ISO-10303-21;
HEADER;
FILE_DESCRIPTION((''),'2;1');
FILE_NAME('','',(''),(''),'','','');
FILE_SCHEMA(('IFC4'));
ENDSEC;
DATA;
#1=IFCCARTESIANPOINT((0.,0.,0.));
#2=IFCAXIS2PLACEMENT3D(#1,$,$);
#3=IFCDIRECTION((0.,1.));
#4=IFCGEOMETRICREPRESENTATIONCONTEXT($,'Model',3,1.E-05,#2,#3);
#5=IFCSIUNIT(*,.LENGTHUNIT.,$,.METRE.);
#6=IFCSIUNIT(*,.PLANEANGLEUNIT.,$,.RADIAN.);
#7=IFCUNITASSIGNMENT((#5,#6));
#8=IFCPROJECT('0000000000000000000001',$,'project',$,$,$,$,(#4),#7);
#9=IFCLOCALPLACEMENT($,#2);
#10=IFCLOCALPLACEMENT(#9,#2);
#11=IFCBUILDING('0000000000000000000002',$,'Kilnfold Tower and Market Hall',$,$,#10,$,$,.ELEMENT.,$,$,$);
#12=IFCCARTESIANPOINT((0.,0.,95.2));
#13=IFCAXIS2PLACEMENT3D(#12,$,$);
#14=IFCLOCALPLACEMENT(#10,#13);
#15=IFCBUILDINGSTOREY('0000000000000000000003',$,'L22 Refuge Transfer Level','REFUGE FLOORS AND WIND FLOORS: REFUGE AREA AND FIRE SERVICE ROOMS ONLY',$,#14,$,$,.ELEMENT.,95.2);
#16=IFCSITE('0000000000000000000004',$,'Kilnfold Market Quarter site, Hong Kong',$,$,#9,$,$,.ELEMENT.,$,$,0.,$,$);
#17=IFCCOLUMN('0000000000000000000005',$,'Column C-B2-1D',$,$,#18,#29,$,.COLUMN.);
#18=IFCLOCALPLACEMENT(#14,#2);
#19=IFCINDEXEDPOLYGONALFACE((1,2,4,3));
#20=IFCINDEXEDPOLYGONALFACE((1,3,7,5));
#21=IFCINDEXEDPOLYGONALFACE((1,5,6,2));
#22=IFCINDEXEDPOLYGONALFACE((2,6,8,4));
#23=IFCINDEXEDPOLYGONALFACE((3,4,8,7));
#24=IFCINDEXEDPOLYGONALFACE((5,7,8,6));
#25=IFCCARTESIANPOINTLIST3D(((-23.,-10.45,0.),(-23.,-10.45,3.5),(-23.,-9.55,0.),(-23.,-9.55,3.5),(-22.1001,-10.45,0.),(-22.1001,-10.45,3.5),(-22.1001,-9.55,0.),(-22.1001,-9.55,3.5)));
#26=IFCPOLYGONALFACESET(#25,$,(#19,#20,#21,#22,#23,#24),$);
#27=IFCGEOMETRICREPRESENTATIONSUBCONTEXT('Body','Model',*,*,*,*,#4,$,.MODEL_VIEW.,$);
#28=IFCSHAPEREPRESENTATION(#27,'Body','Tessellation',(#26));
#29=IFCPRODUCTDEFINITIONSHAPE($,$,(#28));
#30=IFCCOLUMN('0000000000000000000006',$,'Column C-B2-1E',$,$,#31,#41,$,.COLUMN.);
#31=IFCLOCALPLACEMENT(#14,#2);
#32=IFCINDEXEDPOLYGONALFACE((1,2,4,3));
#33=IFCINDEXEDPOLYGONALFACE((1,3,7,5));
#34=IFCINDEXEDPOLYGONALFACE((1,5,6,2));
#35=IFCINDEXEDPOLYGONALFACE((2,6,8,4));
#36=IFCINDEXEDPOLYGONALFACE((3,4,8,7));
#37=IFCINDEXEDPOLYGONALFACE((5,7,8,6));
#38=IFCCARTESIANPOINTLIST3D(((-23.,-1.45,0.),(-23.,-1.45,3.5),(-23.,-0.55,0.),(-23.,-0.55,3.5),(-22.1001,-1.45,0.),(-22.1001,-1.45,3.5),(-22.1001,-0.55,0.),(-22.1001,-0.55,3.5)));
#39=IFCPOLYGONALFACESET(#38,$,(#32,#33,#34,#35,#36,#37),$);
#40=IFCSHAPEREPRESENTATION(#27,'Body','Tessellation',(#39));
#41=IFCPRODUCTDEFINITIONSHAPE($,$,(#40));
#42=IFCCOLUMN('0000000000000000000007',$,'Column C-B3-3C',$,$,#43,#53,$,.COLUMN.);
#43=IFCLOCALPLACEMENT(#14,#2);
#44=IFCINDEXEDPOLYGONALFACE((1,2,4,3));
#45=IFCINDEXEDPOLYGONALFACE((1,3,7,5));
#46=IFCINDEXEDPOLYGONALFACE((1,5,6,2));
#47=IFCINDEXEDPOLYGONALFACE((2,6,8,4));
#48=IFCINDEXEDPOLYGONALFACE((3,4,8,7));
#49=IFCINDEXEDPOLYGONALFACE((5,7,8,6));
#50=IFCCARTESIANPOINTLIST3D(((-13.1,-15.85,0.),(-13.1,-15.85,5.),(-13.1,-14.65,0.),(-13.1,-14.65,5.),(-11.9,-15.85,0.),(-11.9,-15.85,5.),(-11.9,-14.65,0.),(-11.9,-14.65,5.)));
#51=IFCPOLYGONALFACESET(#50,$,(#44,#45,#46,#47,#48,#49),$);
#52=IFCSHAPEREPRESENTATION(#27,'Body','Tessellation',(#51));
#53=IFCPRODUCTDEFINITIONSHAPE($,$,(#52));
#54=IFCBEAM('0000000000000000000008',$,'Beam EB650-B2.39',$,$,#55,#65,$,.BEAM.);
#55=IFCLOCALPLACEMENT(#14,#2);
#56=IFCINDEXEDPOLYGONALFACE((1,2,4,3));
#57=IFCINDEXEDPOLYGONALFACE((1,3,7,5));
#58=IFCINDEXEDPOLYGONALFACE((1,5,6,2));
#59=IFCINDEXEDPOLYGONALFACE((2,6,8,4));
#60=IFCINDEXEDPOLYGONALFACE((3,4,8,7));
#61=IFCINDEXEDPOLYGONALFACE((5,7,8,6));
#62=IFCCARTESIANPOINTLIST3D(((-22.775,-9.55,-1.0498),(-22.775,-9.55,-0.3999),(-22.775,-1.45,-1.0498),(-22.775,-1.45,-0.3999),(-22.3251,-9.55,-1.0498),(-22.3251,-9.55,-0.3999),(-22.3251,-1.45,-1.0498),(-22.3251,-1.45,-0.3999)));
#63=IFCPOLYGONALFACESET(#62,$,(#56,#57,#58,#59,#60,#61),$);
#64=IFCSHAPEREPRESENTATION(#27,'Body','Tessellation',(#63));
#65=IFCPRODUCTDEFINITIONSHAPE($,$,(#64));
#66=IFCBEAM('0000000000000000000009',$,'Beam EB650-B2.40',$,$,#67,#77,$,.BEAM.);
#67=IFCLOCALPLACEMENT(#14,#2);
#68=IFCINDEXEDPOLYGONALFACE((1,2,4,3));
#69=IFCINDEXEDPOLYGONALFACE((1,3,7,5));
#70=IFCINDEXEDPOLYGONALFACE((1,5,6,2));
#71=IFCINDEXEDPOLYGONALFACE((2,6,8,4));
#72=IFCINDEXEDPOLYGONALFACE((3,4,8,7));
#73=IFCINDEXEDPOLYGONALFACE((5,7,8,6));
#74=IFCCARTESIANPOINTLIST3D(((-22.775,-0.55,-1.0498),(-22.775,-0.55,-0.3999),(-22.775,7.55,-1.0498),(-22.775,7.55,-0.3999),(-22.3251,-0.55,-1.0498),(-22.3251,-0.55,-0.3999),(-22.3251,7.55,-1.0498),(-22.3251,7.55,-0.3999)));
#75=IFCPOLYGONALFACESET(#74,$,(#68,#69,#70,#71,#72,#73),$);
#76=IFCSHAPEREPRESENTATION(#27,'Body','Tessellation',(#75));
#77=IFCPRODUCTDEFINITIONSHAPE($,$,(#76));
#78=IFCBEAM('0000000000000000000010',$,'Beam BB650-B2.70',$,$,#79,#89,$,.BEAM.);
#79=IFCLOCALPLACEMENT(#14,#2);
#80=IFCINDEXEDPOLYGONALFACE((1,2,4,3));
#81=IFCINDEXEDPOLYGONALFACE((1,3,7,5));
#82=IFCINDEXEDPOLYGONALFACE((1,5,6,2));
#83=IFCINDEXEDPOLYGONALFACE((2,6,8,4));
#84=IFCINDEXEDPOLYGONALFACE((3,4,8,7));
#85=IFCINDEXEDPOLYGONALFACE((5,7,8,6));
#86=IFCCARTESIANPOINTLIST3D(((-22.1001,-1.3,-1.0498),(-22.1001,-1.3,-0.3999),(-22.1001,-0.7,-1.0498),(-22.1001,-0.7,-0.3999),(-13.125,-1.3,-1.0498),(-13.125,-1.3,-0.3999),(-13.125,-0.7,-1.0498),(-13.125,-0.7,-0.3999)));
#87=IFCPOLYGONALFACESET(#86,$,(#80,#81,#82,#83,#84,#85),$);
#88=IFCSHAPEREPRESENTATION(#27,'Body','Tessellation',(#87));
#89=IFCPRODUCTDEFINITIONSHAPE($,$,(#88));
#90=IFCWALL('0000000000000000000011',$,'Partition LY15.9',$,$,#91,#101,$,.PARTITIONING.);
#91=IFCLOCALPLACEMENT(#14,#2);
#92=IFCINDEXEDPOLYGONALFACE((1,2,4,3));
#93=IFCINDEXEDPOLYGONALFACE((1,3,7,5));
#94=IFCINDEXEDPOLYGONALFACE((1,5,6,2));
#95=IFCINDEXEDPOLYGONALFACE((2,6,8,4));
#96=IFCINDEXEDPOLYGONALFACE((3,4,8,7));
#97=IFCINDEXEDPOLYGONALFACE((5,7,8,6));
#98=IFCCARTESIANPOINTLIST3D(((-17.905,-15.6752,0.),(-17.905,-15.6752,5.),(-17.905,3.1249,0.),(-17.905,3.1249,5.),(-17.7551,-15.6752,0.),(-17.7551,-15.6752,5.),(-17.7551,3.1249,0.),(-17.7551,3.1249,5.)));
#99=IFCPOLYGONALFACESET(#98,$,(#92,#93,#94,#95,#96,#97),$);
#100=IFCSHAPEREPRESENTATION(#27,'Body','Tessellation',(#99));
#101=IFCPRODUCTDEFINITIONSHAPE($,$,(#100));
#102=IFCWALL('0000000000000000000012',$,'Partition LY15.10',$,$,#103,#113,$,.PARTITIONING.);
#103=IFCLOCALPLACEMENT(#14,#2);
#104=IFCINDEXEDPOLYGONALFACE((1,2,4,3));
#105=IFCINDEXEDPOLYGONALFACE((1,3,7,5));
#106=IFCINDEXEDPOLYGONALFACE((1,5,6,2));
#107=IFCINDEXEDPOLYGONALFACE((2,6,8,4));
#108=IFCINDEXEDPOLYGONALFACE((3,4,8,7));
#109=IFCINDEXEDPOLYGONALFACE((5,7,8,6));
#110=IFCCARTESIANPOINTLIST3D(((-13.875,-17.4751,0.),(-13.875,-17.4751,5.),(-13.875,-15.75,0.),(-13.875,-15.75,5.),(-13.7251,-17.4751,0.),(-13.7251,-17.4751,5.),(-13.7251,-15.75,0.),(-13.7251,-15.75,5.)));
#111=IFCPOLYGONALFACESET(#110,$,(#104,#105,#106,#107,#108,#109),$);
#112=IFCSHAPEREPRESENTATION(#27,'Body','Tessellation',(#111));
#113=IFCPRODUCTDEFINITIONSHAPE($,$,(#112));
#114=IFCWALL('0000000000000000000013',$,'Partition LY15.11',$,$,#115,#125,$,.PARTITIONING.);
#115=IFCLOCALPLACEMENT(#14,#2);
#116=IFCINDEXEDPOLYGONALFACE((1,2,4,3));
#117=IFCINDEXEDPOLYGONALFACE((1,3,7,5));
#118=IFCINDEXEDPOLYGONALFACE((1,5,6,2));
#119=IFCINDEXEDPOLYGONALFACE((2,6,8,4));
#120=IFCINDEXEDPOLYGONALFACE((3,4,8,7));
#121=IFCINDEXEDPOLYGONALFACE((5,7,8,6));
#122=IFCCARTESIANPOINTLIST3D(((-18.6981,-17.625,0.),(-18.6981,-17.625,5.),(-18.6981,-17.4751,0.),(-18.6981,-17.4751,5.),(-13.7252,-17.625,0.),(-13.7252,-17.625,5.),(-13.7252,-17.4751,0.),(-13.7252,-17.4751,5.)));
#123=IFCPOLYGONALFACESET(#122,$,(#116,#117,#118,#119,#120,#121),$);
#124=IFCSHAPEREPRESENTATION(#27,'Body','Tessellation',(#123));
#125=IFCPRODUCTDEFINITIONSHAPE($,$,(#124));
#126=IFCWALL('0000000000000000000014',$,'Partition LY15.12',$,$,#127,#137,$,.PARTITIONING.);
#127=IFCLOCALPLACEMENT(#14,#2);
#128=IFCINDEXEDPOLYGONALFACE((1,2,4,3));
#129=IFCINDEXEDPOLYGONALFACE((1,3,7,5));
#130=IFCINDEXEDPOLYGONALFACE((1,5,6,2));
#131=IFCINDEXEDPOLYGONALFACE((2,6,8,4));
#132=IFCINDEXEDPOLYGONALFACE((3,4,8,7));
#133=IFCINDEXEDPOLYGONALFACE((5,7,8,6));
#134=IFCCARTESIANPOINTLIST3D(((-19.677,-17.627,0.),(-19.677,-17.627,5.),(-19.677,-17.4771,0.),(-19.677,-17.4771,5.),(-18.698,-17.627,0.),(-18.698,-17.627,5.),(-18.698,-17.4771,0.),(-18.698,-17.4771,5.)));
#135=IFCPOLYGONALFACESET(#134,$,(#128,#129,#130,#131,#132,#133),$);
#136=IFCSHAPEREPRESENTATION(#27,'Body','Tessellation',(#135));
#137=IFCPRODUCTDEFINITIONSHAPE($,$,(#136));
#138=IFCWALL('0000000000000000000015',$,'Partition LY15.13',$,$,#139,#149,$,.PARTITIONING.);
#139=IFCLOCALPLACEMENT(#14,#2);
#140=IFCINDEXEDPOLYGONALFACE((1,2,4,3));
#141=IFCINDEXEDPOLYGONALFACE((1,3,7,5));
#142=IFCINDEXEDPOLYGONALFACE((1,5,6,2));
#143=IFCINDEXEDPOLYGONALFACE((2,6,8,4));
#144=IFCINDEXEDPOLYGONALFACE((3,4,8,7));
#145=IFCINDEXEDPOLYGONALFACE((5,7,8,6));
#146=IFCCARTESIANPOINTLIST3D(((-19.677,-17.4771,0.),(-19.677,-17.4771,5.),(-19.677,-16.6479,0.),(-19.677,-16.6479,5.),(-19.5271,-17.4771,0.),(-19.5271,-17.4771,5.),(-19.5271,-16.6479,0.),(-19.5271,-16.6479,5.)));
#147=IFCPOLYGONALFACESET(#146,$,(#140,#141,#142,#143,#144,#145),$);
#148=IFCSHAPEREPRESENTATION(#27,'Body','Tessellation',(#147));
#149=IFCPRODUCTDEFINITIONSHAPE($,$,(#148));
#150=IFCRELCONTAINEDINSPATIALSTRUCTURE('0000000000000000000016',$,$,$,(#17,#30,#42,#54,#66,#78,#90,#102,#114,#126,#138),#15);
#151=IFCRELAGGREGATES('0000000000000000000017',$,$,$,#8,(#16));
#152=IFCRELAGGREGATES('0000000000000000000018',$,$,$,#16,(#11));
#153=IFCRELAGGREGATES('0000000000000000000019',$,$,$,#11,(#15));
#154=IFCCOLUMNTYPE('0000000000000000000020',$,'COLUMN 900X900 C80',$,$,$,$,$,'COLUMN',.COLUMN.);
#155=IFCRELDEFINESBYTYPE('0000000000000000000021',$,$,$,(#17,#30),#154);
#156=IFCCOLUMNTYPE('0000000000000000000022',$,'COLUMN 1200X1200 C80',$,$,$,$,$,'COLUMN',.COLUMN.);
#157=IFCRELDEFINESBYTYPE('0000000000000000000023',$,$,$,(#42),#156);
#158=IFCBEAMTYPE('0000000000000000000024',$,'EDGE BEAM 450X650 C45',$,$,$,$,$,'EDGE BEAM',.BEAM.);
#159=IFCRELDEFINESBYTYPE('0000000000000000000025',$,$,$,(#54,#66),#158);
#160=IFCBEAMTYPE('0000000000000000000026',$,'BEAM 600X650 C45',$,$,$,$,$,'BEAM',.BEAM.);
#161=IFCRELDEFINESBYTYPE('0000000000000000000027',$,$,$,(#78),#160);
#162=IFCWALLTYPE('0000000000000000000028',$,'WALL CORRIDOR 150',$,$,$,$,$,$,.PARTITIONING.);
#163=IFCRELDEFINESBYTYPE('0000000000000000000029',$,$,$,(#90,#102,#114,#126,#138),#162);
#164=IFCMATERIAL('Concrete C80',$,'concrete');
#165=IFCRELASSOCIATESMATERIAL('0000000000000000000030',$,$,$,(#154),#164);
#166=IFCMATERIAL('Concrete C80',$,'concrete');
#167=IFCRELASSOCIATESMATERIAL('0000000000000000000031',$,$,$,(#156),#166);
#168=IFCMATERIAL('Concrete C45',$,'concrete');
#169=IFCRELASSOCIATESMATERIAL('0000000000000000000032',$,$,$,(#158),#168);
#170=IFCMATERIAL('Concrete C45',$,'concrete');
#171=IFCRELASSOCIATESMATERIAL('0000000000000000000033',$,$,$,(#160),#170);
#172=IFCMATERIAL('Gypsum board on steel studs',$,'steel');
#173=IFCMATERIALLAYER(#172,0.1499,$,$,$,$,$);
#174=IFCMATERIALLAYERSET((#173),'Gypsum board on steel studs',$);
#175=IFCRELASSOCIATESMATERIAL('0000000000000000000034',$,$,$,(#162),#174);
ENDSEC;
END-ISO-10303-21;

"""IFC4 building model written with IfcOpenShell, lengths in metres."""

from ifc_helpers import new_model, si_unit, direction, frame, frame_2d, origin, origin_2d, place, context, subcontext, project, spatial, rectangle, extrude, source, transform, mapped, material, layer, layer_set, material_profile, profile_set, type_object, element, save


model = new_model("IFC4")

# Units and contexts
model_context = context("Model", 3, precision=1e-05, world=origin(), true_north=direction((0.0, 1.0)))
body_context = subcontext(model_context, "Body", "Model", "MODEL_VIEW")
ifc_project = project(units=[si_unit("LENGTHUNIT", "METRE"), si_unit("PLANEANGLEUNIT", "RADIAN")], contexts=[model_context])

# Site, building, storey
site_placement = place(None, origin())
site = spatial("IfcSite", under=ifc_project, at=site_placement, Name="Kilnfold Market Quarter site, Hong Kong", CompositionType="ELEMENT", RefElevation=0.0)
building_placement = place(site_placement, origin())
building = spatial("IfcBuilding", under=site, at=building_placement, Name="Kilnfold Tower and Market Hall", CompositionType="ELEMENT")
storey_placement = place(building_placement, frame((0.0, 0.0, 95.2)))
storey = spatial("IfcBuildingStorey", under=building, at=storey_placement, Name="L22 Refuge Transfer Level", Description="REFUGE FLOORS AND WIND FLOORS: REFUGE AREA AND FIRE SERVICE ROOMS ONLY", CompositionType="ELEMENT", Elevation=95.2)

# Columns
ifc_material_1 = material(Name="Concrete C80", Category="concrete")
ifc_material_profile_1 = material_profile(ifc_material_1, rectangle(XDim=0.8999, YDim=0.8999, at=origin_2d()), Name="RC 900x900")
ifc_profile_set_1 = profile_set([ifc_material_profile_1], Name="Concrete C80")
column_type_1 = type_object("IfcColumnType", Name="COLUMN 900X900 C80", ElementType="COLUMN", PredefinedType="COLUMN", material=ifc_profile_set_1)
shared_shape_1 = source(origin(), body_context, "Body", "SweptSolid", [
    extrude(rectangle(XDim=0.8999, YDim=0.8999, at=origin_2d()), origin(), (0.0, 0.0, 1.0), 3.5),
])
for number, where, z_axis, x_axis, name in (
    (1, (-22.55, -10.0, 0.0), (0.0, 0.0, 1.0), (1.0, 0.0, 0.0), "Column C-B2-1D"),
    (2, (-22.55, -1.0, 0.0), (0.0, 0.0, 1.0), (1.0, 0.0, 0.0), "Column C-B2-1E"),
):
    element("IfcColumn", number, at=place(storey_placement, frame(where, z_axis=z_axis, x_axis=x_axis)), inside=storey, type_object=column_type_1, Name=name, PredefinedType="COLUMN", context=body_context, shape_type="MappedRepresentation", body=[
        mapped(shared_shape_1, transform((0.0, 0.0, 0.0))),
    ])
ifc_material_2 = material(Name="Concrete C80", Category="concrete")
ifc_material_profile_2 = material_profile(ifc_material_2, rectangle(XDim=1.2, YDim=1.2, at=origin_2d()), Name="RC 1200x1200")
ifc_profile_set_2 = profile_set([ifc_material_profile_2], Name="Concrete C80")
column_type_2 = type_object("IfcColumnType", Name="COLUMN 1200X1200 C80", ElementType="COLUMN", PredefinedType="COLUMN", material=ifc_profile_set_2)
shared_shape_2 = source(origin(), body_context, "Body", "SweptSolid", [
    extrude(rectangle(XDim=1.2, YDim=1.2, at=origin_2d()), origin(), (0.0, 0.0, 1.0), 5.0),
])
column_placement = place(storey_placement, frame((-12.5, -15.25, 0.0), z_axis=(0.0, 0.0, 1.0), x_axis=(1.0, 0.0, 0.0)))
element("IfcColumn", 3, at=column_placement, inside=storey, type_object=column_type_2, Name="Column C-B3-3C", PredefinedType="COLUMN", context=body_context, shape_type="MappedRepresentation", body=[
    mapped(shared_shape_2, transform((0.0, 0.0, 0.0))),
])

# Beams
ifc_material_3 = material(Name="Concrete C45", Category="concrete")
ifc_material_profile_3 = material_profile(ifc_material_3, rectangle(XDim=0.45, YDim=0.6499, at=origin_2d()), Name="RC 450x650")
ifc_profile_set_3 = profile_set([ifc_material_profile_3], Name="Concrete C45")
beam_type_1 = type_object("IfcBeamType", Name="EDGE BEAM 450X650 C45", ElementType="EDGE BEAM", PredefinedType="BEAM", material=ifc_profile_set_3)
shared_shape_3 = source(origin(), body_context, "Body", "SweptSolid", [
    extrude(rectangle(XDim=0.45, YDim=0.6499, at=origin_2d()), origin(), (0.0, 0.0, 1.0), 8.1001),
])
for number, where, z_axis, x_axis, name in (
    (4, (-22.55, -9.55, -0.7249), (0.0, 1.0, 0.0), (-1.0, 0.0, 0.0), "Beam EB650-B2.39"),
    (5, (-22.55, -0.55, -0.7249), (0.0, 1.0, 0.0), (-1.0, 0.0, 0.0), "Beam EB650-B2.40"),
):
    element("IfcBeam", number, at=place(storey_placement, frame(where, z_axis=z_axis, x_axis=x_axis)), inside=storey, type_object=beam_type_1, Name=name, PredefinedType="BEAM", context=body_context, shape_type="MappedRepresentation", body=[
        mapped(shared_shape_3, transform((0.0, 0.0, 0.0))),
    ])
ifc_material_4 = material(Name="Concrete C45", Category="concrete")
ifc_material_profile_4 = material_profile(ifc_material_4, rectangle(XDim=0.6001, YDim=0.6499, at=origin_2d()), Name="RC 600x650")
ifc_profile_set_4 = profile_set([ifc_material_profile_4], Name="Concrete C45")
beam_type_2 = type_object("IfcBeamType", Name="BEAM 600X650 C45", ElementType="BEAM", PredefinedType="BEAM", material=ifc_profile_set_4)
shared_shape_4 = source(origin(), body_context, "Body", "SweptSolid", [
    extrude(rectangle(XDim=0.6001, YDim=0.6499, at=origin_2d()), origin(), (0.0, 0.0, 1.0), 8.9751),
])
beam_placement = place(storey_placement, frame((-22.1001, -1.0, -0.7249), z_axis=(1.0, 0.0, 0.0), x_axis=(0.0, 1.0, 0.0)))
element("IfcBeam", 6, at=beam_placement, inside=storey, type_object=beam_type_2, Name="Beam BB650-B2.70", PredefinedType="BEAM", context=body_context, shape_type="MappedRepresentation", body=[
    mapped(shared_shape_4, transform((0.0, 0.0, 0.0))),
])

# Walls
ifc_material_5 = material(Name="Gypsum board on steel studs", Category="steel")
ifc_layer_1 = layer(ifc_material_5, 0.1499)
ifc_layer_set_1 = layer_set([ifc_layer_1], Name="Gypsum board on steel studs")
wall_type_1 = type_object("IfcWallType", Name="WALL CORRIDOR 150", PredefinedType="PARTITIONING", material=ifc_layer_set_1)
wall_1_placement = place(storey_placement, frame((-17.8301, -15.675, 0.0), z_axis=(0.0, 0.0, 1.0), x_axis=(0.0, 1.0, 0.0)))
element("IfcWall", 7, at=wall_1_placement, inside=storey, type_object=wall_type_1, Name="Partition LY15.9", PredefinedType="PARTITIONING", context=body_context, shape_type="SweptSolid", body=[
    extrude(rectangle(XDim=18.8, YDim=0.1499, at=frame_2d((9.3999, 0.0))), origin(), (0.0, 0.0, 1.0), 5.0),
])
wall_2_placement = place(storey_placement, frame((-13.8, -17.4751, 0.0), z_axis=(0.0, 0.0, 1.0), x_axis=(0.0, 1.0, 0.0)))
element("IfcWall", 8, at=wall_2_placement, inside=storey, type_object=wall_type_1, Name="Partition LY15.10", PredefinedType="PARTITIONING", context=body_context, shape_type="SweptSolid", body=[
    extrude(rectangle(XDim=1.7251, YDim=0.1499, at=frame_2d((0.8625, 0.0))), origin(), (0.0, 0.0, 1.0), 5.0),
])
wall_3_placement = place(storey_placement, frame((-18.698, -17.55, 0.0), z_axis=(0.0, 0.0, 1.0), x_axis=(1.0, 0.0, 0.0)))
element("IfcWall", 9, at=wall_3_placement, inside=storey, type_object=wall_type_1, Name="Partition LY15.11", PredefinedType="PARTITIONING", context=body_context, shape_type="SweptSolid", body=[
    extrude(rectangle(XDim=4.9729, YDim=0.1499, at=frame_2d((2.4863, 0.0))), origin(), (0.0, 0.0, 1.0), 5.0),
])
wall_4_placement = place(storey_placement, frame((-19.677, -17.552, 0.0), z_axis=(0.0, 0.0, 1.0), x_axis=(1.0, 0.0, 0.0)))
element("IfcWall", 10, at=wall_4_placement, inside=storey, type_object=wall_type_1, Name="Partition LY15.12", PredefinedType="PARTITIONING", context=body_context, shape_type="SweptSolid", body=[
    extrude(rectangle(XDim=0.979, YDim=0.1499, at=frame_2d((0.4895, 0.0))), origin(), (0.0, 0.0, 1.0), 5.0),
])
wall_5_placement = place(storey_placement, frame((-19.6021, -16.6479, 0.0), z_axis=(0.0, 0.0, 1.0), x_axis=(0.0, -1.0, 0.0)))
element("IfcWall", 11, at=wall_5_placement, inside=storey, type_object=wall_type_1, Name="Partition LY15.13", PredefinedType="PARTITIONING", context=body_context, shape_type="SweptSolid", body=[
    extrude(rectangle(XDim=0.8291, YDim=0.1499, at=frame_2d((0.4146, 0.0))), origin(), (0.0, 0.0, 1.0), 5.0),
])

save(model, "model.ifc")
